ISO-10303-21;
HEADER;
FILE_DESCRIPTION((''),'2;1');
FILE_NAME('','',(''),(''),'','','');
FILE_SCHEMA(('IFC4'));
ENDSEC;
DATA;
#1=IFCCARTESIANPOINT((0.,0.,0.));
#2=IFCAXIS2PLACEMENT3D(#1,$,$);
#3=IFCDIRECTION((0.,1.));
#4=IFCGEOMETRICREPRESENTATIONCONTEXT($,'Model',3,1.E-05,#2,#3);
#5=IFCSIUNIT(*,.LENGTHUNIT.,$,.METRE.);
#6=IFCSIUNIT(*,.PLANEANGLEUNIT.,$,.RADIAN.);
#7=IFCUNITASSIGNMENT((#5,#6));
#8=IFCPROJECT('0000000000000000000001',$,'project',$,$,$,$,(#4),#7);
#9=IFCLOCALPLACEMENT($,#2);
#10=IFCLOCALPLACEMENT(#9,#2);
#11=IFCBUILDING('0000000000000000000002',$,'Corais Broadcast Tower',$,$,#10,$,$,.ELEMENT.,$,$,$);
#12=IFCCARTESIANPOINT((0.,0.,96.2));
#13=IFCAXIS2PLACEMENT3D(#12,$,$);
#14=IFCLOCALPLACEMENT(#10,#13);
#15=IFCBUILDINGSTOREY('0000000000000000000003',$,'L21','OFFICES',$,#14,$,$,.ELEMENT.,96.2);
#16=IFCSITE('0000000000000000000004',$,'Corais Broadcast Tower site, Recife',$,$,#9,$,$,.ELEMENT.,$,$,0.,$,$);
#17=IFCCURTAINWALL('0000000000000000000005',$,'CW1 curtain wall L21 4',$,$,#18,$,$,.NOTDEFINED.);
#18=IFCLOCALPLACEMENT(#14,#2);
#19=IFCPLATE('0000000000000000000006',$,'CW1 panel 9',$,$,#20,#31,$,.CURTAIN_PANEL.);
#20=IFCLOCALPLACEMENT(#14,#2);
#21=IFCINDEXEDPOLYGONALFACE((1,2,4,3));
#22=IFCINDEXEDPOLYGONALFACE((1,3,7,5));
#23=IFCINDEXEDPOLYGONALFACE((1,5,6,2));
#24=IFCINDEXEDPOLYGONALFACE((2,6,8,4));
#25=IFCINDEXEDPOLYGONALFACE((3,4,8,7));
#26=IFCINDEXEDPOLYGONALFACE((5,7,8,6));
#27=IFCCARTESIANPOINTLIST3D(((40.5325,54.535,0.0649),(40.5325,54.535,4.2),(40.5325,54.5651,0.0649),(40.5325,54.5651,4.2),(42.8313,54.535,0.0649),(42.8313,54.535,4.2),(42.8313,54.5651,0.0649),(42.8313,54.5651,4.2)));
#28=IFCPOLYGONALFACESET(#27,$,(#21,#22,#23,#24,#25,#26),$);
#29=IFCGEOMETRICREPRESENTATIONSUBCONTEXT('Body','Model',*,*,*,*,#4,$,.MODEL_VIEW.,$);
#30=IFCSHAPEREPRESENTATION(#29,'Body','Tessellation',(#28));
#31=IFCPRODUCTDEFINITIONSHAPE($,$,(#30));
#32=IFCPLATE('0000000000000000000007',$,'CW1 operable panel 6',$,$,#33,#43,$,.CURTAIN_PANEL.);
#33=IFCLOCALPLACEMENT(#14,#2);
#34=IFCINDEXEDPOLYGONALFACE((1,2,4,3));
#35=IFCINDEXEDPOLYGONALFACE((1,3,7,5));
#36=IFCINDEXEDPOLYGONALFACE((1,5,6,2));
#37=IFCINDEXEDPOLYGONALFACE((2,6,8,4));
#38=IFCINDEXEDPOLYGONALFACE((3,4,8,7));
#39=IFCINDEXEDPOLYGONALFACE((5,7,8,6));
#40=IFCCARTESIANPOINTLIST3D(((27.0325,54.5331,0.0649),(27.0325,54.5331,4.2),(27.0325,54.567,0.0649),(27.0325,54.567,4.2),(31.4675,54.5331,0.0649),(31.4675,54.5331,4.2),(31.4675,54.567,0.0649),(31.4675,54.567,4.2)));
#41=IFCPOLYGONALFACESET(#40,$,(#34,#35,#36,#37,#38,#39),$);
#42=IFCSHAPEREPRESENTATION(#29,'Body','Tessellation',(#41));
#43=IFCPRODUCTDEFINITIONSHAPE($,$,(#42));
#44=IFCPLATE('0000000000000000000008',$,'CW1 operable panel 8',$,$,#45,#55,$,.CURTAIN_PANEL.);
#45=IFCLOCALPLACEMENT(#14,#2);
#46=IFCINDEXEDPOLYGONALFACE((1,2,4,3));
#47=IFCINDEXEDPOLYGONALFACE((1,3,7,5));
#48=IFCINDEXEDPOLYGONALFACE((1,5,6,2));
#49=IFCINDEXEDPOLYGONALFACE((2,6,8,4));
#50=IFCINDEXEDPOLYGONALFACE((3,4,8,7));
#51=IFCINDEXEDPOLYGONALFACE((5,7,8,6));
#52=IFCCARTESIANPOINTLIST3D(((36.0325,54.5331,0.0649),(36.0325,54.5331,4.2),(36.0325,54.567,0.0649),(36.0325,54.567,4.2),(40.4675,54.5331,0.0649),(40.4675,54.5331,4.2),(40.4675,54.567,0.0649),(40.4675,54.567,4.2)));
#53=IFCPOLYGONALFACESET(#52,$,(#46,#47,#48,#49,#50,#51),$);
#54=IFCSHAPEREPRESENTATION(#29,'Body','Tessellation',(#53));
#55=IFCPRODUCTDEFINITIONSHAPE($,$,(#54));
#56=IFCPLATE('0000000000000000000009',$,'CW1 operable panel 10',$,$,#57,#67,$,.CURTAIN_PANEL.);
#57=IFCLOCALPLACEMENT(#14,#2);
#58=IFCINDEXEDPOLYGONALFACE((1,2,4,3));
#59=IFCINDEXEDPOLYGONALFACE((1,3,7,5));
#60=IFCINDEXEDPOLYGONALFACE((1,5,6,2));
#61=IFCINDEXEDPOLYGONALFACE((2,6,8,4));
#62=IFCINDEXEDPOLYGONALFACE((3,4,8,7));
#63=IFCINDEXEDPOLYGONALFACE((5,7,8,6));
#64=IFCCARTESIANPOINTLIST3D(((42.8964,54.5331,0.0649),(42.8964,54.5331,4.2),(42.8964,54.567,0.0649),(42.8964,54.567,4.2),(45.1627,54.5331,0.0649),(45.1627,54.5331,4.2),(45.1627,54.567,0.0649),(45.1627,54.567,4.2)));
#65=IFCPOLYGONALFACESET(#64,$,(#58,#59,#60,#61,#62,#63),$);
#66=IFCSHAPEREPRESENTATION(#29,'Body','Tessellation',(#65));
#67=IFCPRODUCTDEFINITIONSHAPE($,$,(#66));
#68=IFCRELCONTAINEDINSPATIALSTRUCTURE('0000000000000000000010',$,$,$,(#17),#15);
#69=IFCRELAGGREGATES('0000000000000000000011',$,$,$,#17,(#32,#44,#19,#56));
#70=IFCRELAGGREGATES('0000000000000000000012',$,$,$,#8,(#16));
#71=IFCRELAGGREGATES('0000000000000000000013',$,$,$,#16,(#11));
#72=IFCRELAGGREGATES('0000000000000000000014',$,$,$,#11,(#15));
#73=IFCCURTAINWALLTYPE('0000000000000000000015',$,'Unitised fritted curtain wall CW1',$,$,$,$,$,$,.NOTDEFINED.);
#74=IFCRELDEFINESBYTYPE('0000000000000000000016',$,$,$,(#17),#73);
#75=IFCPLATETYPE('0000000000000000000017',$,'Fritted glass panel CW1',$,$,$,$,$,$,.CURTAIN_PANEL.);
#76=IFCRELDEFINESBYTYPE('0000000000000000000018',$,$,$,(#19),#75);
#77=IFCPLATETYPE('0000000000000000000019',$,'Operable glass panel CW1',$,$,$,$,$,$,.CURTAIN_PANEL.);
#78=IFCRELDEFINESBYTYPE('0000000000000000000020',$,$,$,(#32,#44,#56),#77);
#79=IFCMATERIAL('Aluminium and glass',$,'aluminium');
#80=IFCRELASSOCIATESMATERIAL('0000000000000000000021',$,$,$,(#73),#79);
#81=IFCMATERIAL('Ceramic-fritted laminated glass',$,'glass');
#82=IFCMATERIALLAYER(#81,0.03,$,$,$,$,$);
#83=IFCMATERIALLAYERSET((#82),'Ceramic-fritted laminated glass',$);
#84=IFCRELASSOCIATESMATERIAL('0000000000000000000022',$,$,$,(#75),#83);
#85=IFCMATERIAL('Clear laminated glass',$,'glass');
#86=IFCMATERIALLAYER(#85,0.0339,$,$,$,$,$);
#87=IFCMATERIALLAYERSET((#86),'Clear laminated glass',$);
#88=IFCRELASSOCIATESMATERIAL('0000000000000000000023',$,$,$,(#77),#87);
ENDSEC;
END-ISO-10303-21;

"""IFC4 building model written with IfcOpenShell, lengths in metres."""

from ifc_helpers import new_model, si_unit, direction, frame, origin, origin_2d, place, context, subcontext, project, spatial, rectangle, extrude, material, layer, layer_set, type_object, element, aggregate, save


model = new_model("IFC4")

# Units and contexts
model_context = context("Model", 3, precision=1e-05, world=origin(), true_north=direction((0.0, 1.0)))
body_context = subcontext(model_context, "Body", "Model", "MODEL_VIEW")
ifc_project = project(units=[si_unit("LENGTHUNIT", "METRE"), si_unit("PLANEANGLEUNIT", "RADIAN")], contexts=[model_context])

# Site, building, storey
site_placement = place(None, origin())
site = spatial("IfcSite", under=ifc_project, at=site_placement, Name="Corais Broadcast Tower site, Recife", CompositionType="ELEMENT", RefElevation=0.0)
building_placement = place(site_placement, origin())
building = spatial("IfcBuilding", under=site, at=building_placement, Name="Corais Broadcast Tower", CompositionType="ELEMENT")
storey_placement = place(building_placement, frame((0.0, 0.0, 96.2)))
storey = spatial("IfcBuildingStorey", under=building, at=storey_placement, Name="L21", Description="OFFICES", CompositionType="ELEMENT", Elevation=96.2)

# Curtain wall
ifc_material_1 = material(Name="Aluminium and glass", Category="aluminium")
curtain_wall_type = type_object("IfcCurtainWallType", Name="Unitised fritted curtain wall CW1", PredefinedType="NOTDEFINED", material=ifc_material_1)
curtain_wall_placement = place(storey_placement, origin())
curtain_wall = element("IfcCurtainWall", 1, at=curtain_wall_placement, inside=storey, type_object=curtain_wall_type, Name="CW1 curtain wall L21 4", PredefinedType="NOTDEFINED")

# Plates
ifc_material_2 = material(Name="Ceramic-fritted laminated glass", Category="glass")
ifc_layer_1 = layer(ifc_material_2, 0.03)
ifc_layer_set_1 = layer_set([ifc_layer_1], Name="Ceramic-fritted laminated glass")
plate_type_1 = type_object("IfcPlateType", Name="Fritted glass panel CW1", PredefinedType="CURTAIN_PANEL", material=ifc_layer_set_1)
plate_1_placement = place(storey_placement, frame((41.6819, 54.55, 0.0649), z_axis=(0.0, 0.0, 1.0), x_axis=(1.0, 0.0, 0.0)))
plate_1 = element("IfcPlate", 2, at=plate_1_placement, type_object=plate_type_1, Name="CW1 panel 9", PredefinedType="CURTAIN_PANEL", context=body_context, shape_type="SweptSolid", body=[
    extrude(rectangle(XDim=2.2988, YDim=0.03, at=origin_2d()), origin(), (0.0, 0.0, 1.0), 4.135),
])
ifc_material_3 = material(Name="Clear laminated glass", Category="glass")
ifc_layer_2 = layer(ifc_material_3, 0.0339)
ifc_layer_set_2 = layer_set([ifc_layer_2], Name="Clear laminated glass")
plate_type_2 = type_object("IfcPlateType", Name="Operable glass panel CW1", PredefinedType="CURTAIN_PANEL", material=ifc_layer_set_2)
plate_2_placement = place(storey_placement, frame((29.25, 54.55, 0.0649), z_axis=(0.0, 0.0, 1.0), x_axis=(1.0, 0.0, 0.0)))
plate_2 = element("IfcPlate", 3, at=plate_2_placement, type_object=plate_type_2, Name="CW1 operable panel 6", PredefinedType="CURTAIN_PANEL", context=body_context, shape_type="SweptSolid", body=[
    extrude(rectangle(XDim=4.4351, YDim=0.0339, at=origin_2d()), origin(), (0.0, 0.0, 1.0), 4.135),
])
plate_3_placement = place(storey_placement, frame((38.25, 54.55, 0.0649), z_axis=(0.0, 0.0, 1.0), x_axis=(1.0, 0.0, 0.0)))
plate_3 = element("IfcPlate", 4, at=plate_3_placement, type_object=plate_type_2, Name="CW1 operable panel 8", PredefinedType="CURTAIN_PANEL", context=body_context, shape_type="SweptSolid", body=[
    extrude(rectangle(XDim=4.4351, YDim=0.0339, at=origin_2d()), origin(), (0.0, 0.0, 1.0), 4.135),
])
plate_4_placement = place(storey_placement, frame((44.0295, 54.55, 0.0649), z_axis=(0.0, 0.0, 1.0), x_axis=(1.0, 0.0, 0.0)))
plate_4 = element("IfcPlate", 5, at=plate_4_placement, type_object=plate_type_2, Name="CW1 operable panel 10", PredefinedType="CURTAIN_PANEL", context=body_context, shape_type="SweptSolid", body=[
    extrude(rectangle(XDim=2.2664, YDim=0.0339, at=origin_2d()), origin(), (0.0, 0.0, 1.0), 4.135),
])
aggregate(curtain_wall, [plate_2, plate_3, plate_1, plate_4])

save(model, "model.ifc")
